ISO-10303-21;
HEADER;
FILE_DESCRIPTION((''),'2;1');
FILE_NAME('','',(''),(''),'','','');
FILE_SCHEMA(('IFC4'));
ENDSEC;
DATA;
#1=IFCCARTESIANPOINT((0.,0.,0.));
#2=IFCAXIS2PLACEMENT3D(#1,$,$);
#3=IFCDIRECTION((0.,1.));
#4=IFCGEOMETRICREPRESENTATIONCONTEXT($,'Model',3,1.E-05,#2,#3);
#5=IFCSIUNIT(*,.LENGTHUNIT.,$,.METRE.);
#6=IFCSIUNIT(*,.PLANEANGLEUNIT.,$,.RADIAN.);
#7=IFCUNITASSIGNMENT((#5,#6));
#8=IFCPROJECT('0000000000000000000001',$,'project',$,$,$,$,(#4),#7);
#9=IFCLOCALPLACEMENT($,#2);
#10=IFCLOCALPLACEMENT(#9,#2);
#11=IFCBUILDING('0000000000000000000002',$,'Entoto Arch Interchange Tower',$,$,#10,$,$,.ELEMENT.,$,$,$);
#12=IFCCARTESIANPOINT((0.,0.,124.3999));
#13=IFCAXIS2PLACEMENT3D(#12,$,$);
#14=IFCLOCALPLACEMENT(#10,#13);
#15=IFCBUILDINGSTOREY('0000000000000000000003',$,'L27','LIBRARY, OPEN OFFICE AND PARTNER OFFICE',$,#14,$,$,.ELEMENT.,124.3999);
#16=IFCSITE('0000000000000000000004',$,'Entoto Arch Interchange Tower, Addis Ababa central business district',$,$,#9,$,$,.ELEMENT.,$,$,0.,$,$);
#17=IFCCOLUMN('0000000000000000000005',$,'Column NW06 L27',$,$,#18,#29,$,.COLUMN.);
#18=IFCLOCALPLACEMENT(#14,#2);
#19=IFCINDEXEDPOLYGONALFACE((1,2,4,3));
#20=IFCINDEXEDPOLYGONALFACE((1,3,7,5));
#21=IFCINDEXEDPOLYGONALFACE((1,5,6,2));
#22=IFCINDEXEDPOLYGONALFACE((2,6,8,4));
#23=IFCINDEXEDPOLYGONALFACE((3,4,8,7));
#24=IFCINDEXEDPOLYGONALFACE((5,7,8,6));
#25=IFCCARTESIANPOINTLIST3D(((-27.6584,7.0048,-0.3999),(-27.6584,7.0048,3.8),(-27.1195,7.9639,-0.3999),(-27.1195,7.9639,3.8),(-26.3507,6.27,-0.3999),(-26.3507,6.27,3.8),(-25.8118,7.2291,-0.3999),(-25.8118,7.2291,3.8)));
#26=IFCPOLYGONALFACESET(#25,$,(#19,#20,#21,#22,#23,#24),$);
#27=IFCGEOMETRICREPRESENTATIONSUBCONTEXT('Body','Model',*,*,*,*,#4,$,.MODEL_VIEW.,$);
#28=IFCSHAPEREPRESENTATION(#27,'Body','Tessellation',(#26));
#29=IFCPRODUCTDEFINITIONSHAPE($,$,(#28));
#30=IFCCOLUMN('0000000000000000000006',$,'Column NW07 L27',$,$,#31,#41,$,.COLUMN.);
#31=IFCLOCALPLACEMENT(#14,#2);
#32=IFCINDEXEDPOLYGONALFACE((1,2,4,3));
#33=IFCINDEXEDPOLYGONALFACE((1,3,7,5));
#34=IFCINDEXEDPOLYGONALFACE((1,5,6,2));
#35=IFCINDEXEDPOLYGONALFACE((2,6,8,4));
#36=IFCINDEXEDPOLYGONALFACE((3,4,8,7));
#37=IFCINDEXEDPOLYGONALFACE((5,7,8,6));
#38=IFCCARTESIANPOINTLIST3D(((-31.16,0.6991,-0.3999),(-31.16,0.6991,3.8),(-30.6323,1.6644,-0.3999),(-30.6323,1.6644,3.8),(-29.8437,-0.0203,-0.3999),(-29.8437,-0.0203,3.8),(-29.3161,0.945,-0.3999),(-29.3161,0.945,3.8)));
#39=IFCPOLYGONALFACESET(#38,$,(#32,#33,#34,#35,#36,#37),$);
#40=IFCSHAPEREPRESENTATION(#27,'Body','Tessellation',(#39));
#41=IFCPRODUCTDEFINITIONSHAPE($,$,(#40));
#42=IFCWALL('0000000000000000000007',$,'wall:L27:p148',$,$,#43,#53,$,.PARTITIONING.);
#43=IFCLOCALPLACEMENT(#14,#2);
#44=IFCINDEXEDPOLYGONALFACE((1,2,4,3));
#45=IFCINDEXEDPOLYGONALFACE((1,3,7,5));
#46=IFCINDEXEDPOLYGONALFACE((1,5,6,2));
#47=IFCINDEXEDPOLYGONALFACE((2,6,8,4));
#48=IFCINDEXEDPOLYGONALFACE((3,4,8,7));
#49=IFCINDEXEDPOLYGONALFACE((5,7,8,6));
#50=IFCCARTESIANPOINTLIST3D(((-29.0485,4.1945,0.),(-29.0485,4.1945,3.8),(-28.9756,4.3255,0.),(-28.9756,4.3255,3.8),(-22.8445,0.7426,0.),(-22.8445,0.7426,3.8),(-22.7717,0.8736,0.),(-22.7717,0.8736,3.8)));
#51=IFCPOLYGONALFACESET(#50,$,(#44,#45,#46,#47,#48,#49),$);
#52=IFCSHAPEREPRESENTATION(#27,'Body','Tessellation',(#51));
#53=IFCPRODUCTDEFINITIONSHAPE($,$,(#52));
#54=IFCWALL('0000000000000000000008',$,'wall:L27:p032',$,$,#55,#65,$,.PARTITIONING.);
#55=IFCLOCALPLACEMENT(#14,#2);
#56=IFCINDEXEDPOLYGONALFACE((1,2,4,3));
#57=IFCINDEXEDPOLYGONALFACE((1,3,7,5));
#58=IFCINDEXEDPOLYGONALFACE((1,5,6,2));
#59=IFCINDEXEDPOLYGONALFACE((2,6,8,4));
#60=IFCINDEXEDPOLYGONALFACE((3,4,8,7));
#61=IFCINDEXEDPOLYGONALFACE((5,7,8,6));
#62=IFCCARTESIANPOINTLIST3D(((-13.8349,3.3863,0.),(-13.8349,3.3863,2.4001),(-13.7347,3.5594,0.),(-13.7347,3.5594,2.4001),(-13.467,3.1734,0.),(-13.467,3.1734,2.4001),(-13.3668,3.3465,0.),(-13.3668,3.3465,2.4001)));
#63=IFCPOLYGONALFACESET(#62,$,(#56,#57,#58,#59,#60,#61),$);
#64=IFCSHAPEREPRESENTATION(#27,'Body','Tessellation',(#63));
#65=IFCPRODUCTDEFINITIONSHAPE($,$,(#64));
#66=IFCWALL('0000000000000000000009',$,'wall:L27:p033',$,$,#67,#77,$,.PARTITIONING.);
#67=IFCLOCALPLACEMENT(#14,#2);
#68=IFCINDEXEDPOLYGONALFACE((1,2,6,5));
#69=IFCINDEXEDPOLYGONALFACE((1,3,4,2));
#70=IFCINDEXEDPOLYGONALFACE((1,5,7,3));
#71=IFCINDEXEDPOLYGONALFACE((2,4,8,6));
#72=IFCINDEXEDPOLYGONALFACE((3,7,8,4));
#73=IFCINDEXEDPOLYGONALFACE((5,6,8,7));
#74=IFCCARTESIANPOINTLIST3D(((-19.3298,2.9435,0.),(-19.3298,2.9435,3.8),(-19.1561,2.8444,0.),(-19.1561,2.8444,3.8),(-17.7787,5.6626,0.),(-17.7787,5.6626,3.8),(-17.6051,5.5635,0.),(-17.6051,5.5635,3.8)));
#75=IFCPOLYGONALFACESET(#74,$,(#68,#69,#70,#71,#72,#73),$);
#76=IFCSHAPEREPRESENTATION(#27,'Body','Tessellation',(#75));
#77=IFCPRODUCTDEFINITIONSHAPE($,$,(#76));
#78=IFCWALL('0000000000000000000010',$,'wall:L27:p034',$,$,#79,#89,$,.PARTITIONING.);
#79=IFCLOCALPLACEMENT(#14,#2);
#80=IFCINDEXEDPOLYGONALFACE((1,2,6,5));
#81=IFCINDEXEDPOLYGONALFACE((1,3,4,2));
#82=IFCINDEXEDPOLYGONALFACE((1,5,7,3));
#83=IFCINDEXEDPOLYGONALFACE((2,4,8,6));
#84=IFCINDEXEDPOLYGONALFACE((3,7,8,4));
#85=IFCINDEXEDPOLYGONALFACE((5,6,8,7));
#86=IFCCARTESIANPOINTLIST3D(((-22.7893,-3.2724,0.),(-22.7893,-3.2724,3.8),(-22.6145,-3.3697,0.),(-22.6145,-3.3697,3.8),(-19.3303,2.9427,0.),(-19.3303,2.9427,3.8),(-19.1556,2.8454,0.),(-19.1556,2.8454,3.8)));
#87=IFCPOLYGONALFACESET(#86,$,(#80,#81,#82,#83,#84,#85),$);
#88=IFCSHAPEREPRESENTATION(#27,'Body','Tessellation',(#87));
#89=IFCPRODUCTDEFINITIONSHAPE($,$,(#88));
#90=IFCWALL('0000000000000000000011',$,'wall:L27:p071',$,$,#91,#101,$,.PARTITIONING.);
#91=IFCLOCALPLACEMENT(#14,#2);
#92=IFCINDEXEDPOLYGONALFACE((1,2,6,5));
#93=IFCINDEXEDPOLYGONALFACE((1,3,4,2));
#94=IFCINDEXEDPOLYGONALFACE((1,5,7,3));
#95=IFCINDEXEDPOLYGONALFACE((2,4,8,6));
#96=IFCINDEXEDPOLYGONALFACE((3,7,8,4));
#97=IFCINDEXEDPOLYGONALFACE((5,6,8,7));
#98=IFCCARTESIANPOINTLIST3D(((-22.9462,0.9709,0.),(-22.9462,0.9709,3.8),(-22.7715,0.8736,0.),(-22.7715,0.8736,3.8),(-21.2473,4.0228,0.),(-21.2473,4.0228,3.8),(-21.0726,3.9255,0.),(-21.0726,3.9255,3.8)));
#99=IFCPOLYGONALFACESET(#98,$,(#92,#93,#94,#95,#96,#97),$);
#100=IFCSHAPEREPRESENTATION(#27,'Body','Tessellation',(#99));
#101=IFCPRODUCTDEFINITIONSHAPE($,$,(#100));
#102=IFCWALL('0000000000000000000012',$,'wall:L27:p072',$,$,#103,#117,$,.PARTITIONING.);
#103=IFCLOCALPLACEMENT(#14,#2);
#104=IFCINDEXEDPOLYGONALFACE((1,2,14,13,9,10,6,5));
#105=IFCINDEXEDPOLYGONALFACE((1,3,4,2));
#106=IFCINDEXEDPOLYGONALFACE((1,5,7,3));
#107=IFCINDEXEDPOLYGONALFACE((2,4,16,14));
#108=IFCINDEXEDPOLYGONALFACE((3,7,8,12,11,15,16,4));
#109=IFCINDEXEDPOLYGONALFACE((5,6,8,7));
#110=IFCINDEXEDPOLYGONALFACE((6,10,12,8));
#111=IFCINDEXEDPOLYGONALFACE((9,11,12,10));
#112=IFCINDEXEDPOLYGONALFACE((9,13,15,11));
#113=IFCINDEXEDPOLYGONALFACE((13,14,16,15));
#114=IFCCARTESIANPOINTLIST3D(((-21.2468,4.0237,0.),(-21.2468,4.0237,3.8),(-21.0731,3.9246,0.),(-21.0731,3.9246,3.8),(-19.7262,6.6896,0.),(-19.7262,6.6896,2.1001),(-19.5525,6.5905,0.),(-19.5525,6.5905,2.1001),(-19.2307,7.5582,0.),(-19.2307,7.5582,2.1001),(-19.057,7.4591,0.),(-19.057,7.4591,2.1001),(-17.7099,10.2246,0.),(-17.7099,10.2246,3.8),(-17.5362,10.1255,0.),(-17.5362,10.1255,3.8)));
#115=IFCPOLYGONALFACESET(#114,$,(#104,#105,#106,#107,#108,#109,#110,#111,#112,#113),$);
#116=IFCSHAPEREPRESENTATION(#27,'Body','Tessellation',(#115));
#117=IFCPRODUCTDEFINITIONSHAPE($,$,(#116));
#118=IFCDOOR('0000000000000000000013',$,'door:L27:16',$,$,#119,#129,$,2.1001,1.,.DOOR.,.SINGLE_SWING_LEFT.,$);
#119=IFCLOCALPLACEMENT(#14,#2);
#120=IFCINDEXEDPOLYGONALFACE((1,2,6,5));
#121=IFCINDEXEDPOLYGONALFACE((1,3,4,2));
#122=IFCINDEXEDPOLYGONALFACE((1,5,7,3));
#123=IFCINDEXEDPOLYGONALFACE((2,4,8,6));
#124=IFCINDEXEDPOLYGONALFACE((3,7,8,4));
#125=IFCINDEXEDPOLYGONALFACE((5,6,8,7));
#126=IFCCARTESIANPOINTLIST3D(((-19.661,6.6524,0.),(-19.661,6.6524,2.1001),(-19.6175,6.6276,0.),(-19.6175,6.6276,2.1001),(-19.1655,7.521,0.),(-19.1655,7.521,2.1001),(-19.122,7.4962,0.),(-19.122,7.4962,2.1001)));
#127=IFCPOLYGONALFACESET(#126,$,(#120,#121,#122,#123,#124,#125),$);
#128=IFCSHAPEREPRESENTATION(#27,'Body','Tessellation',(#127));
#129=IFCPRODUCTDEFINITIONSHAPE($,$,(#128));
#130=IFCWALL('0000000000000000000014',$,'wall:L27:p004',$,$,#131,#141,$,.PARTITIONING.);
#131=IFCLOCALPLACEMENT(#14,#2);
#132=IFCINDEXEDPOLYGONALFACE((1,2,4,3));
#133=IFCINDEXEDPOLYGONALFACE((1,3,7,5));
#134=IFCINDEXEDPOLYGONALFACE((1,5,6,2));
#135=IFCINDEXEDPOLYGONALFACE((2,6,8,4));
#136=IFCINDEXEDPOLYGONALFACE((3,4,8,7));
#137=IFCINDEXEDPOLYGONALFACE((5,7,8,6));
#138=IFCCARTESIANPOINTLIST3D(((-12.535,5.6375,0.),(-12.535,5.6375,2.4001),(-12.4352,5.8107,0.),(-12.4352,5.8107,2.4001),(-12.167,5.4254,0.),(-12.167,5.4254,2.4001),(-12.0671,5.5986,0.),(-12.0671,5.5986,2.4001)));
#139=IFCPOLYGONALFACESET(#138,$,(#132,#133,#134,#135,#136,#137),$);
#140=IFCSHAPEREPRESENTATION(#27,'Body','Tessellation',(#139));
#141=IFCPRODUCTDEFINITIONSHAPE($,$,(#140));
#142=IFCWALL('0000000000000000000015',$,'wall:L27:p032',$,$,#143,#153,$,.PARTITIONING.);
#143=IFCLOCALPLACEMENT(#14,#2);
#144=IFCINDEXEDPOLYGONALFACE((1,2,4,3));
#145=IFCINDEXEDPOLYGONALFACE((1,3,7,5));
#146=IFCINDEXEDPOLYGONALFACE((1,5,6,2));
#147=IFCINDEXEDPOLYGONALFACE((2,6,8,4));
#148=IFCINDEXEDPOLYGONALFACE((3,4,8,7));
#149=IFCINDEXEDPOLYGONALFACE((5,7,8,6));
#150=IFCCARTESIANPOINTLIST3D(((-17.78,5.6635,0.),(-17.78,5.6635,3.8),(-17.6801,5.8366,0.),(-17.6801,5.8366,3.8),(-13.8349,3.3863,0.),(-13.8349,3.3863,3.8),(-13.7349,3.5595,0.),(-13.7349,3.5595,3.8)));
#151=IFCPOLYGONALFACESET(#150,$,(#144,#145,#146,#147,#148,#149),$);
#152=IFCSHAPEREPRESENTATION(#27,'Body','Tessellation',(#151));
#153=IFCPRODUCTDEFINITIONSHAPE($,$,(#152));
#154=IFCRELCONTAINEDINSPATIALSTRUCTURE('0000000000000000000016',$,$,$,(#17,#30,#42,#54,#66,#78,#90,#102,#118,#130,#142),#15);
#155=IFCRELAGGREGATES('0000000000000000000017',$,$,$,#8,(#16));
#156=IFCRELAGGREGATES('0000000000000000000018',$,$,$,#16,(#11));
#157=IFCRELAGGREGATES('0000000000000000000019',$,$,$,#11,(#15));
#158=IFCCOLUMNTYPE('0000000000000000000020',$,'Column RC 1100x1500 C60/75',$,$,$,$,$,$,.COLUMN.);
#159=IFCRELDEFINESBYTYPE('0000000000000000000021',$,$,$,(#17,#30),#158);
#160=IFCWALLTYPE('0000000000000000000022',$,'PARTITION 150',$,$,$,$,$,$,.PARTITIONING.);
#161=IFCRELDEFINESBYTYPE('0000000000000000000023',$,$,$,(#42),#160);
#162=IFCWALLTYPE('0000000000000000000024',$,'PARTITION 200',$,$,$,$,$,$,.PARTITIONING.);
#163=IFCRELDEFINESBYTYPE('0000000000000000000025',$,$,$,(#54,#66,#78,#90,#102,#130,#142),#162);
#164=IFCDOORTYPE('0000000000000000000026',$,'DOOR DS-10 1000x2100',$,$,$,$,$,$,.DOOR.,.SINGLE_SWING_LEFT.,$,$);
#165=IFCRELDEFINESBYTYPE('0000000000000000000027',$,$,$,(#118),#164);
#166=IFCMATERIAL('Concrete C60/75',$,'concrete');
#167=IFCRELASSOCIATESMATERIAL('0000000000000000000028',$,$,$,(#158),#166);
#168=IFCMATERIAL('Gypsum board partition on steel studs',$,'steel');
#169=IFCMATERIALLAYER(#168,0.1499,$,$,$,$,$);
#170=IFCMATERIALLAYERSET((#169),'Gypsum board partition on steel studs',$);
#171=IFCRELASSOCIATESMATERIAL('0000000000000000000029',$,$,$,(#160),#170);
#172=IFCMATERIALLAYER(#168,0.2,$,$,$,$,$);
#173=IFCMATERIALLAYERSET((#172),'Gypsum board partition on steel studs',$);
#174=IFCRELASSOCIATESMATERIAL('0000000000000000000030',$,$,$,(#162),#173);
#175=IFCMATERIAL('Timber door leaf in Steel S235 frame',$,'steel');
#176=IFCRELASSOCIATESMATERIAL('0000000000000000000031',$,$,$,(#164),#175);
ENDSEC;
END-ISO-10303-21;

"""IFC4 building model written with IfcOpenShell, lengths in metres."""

from ifc_helpers import new_model, si_unit, direction, frame, frame_2d, origin, origin_2d, place, context, subcontext, project, spatial, rectangle, extrude, material, layer, layer_set, material_profile, profile_set, type_object, element, fill, save


model = new_model("IFC4")

# Units and contexts
model_context = context("Model", 3, precision=1e-05, world=origin(), true_north=direction((0.0, 1.0)))
body_context = subcontext(model_context, "Body", "Model", "MODEL_VIEW")
ifc_project = project(units=[si_unit("LENGTHUNIT", "METRE"), si_unit("PLANEANGLEUNIT", "RADIAN")], contexts=[model_context])

# Site, building, storey
site_placement = place(None, origin())
site = spatial("IfcSite", under=ifc_project, at=site_placement, Name="Entoto Arch Interchange Tower, Addis Ababa central business district", CompositionType="ELEMENT", RefElevation=0.0)
building_placement = place(site_placement, origin())
building = spatial("IfcBuilding", under=site, at=building_placement, Name="Entoto Arch Interchange Tower", CompositionType="ELEMENT")
storey_placement = place(building_placement, frame((0.0, 0.0, 124.3999)))
storey = spatial("IfcBuildingStorey", under=building, at=storey_placement, Name="L27", Description="LIBRARY, OPEN OFFICE AND PARTNER OFFICE", CompositionType="ELEMENT", Elevation=124.3999)

# Columns
ifc_material_1 = material(Name="Concrete C60/75", Category="concrete")
ifc_material_profile = material_profile(ifc_material_1, rectangle(XDim=1.1001, YDim=1.5, at=origin_2d()))
ifc_profile_set = profile_set([ifc_material_profile], Name="Concrete C60/75")
column_type = type_object("IfcColumnType", Name="Column RC 1100x1500 C60/75", PredefinedType="COLUMN", material=ifc_profile_set)
for number, where, z_axis, x_axis, name in (
    (1, (-26.7351, 7.1169, -0.3999), (0.0, 0.0, 1.0), (0.489839, 0.871813, 0.0), "Column NW06 L27"),
    (2, (-30.238, 0.822, -0.3999), (0.0, 0.0, 1.0), (0.479611, 0.877481, 0.0), "Column NW07 L27"),
):
    element("IfcColumn", number, at=place(storey_placement, frame(where, z_axis=z_axis, x_axis=x_axis)), inside=storey, type_object=column_type, Name=name, PredefinedType="COLUMN", context=body_context, shape_type="SweptSolid", body=[
        extrude(rectangle(XDim=1.1001, YDim=1.5, at=origin_2d()), origin(), (0.0, 0.0, 1.0), 4.2),
    ])

# Walls
ifc_material_2 = material(Name="Gypsum board partition on steel studs", Category="steel")
ifc_layer_1 = layer(ifc_material_2, 0.1499)
ifc_layer_set_1 = layer_set([ifc_layer_1], Name="Gypsum board partition on steel studs")
wall_type_1 = type_object("IfcWallType", Name="PARTITION 150", PredefinedType="PARTITIONING", material=ifc_layer_set_1)
wall_1_placement = place(storey_placement, frame((-22.8081, 0.8081, 0.0), z_axis=(0.0, 0.0, 1.0), x_axis=(-0.873839, 0.486215, 0.0)))
element("IfcWall", 3, at=wall_1_placement, inside=storey, type_object=wall_type_1, Name="wall:L27:p148", PredefinedType="PARTITIONING", context=body_context, shape_type="SweptSolid", body=[
    extrude(rectangle(XDim=7.0996, YDim=0.1499, at=frame_2d((3.5498, 0.0))), origin(), (0.0, 0.0, 1.0), 3.8),
])
ifc_layer_2 = layer(ifc_material_2, 0.2)
ifc_layer_set_2 = layer_set([ifc_layer_2], Name="Gypsum board partition on steel studs")
wall_type_2 = type_object("IfcWallType", Name="PARTITION 200", PredefinedType="PARTITIONING", material=ifc_layer_set_2)
wall_2_placement = place(storey_placement, frame((-13.417, 3.26, 0.0), z_axis=(0.0, 0.0, 1.0), x_axis=(-0.865544, 0.500832, 0.0)))
element("IfcWall", 4, at=wall_2_placement, inside=storey, type_object=wall_type_2, Name="wall:L27:p032", PredefinedType="PARTITIONING", context=body_context, shape_type="SweptSolid", body=[
    extrude(rectangle(XDim=0.425, YDim=0.2, at=frame_2d((0.2124, 0.0))), origin(), (0.0, 0.0, 1.0), 2.4001),
])
wall_3_placement = place(storey_placement, frame((-17.6919, 5.613, 0.0), z_axis=(0.0, 0.0, 1.0), x_axis=(-0.495492, -0.868612, 0.0)))
element("IfcWall", 5, at=wall_3_placement, inside=storey, type_object=wall_type_2, Name="wall:L27:p033", PredefinedType="PARTITIONING", context=body_context, shape_type="SweptSolid", body=[
    extrude(rectangle(XDim=3.1304, YDim=0.2, at=frame_2d((1.5652, 0.0))), origin(), (0.0, 0.0, 1.0), 3.8),
])
wall_4_placement = place(storey_placement, frame((-19.2429, 2.894, 0.0), z_axis=(0.0, 0.0, 1.0), x_axis=(-0.486304, -0.873789, 0.0)))
element("IfcWall", 6, at=wall_4_placement, inside=storey, type_object=wall_type_2, Name="wall:L27:p034", PredefinedType="PARTITIONING", context=body_context, shape_type="SweptSolid", body=[
    extrude(rectangle(XDim=7.1128, YDim=0.2, at=frame_2d((3.5564, 0.0))), origin(), (0.0, 0.0, 1.0), 3.8),
])
wall_5_placement = place(storey_placement, frame((-22.8589, 0.9221, 0.0), z_axis=(0.0, 0.0, 1.0), x_axis=(0.48639, 0.873742, 0.0)))
element("IfcWall", 7, at=wall_5_placement, inside=storey, type_object=wall_type_2, Name="wall:L27:p071", PredefinedType="PARTITIONING", context=body_context, shape_type="SweptSolid", body=[
    extrude(rectangle(XDim=3.4929, YDim=0.2, at=frame_2d((1.7466, 0.0))), origin(), (0.0, 0.0, 1.0), 3.8),
])

# Wall, opening, door
wall_6_placement = place(storey_placement, frame((-21.1599, 3.9741, 0.0), z_axis=(0.0, 0.0, 1.0), x_axis=(0.49545, 0.868636, 0.0)))
wall_6 = element("IfcWall", 8, at=wall_6_placement, inside=storey, type_object=wall_type_2, Name="wall:L27:p072", PredefinedType="PARTITIONING", context=body_context, shape_type="SweptSolid", body=[
    extrude(rectangle(XDim=7.1387, YDim=0.2, at=frame_2d((3.5693, 0.0))), origin(), (0.0, 0.0, 1.0), 3.8),
])
opening_1_placement = place(wall_6_placement, frame((3.0691, 0.0, 0.0)))
opening_1 = element("IfcOpeningElement", 9, at=opening_1_placement, cuts=wall_6, PredefinedType="OPENING", context=body_context, shape_type="SweptSolid", body=[
    extrude(rectangle(XDim=1.0, YDim=2.1001, at=frame_2d((0.5, 1.05))), frame((0.0, 0.1099, 0.0), z_axis=(0.0, -1.0, 0.0), x_axis=(1.0, 0.0, 0.0)), (0.0, 0.0, 1.0), 0.22),
])
ifc_material_3 = material(Name="Timber door leaf in Steel S235 frame", Category="steel")
door_type = type_object("IfcDoorType", Name="DOOR DS-10 1000x2100", OperationType="SINGLE_SWING_LEFT", PredefinedType="DOOR", material=ifc_material_3)
door_placement = place(opening_1_placement, origin())
door = element("IfcDoor", 10, at=door_placement, inside=storey, type_object=door_type, Name="door:L27:16", OperationType="SINGLE_SWING_LEFT", OverallHeight=2.1001, OverallWidth=1.0, PredefinedType="DOOR", context=body_context, shape_type="SweptSolid", body=[
    extrude(rectangle(XDim=1.0, YDim=2.1001, at=frame_2d((0.5, 1.05))), frame((0.0, 0.0249, 0.0), z_axis=(0.0, -1.0, 0.0), x_axis=(1.0, 0.0, 0.0)), (0.0, 0.0, 1.0), 0.05),
])
fill(opening_1, door)

# Walls
wall_7_placement = place(storey_placement, frame((-12.4851, 5.7241, 0.0), z_axis=(0.0, 0.0, 1.0), x_axis=(0.866434, -0.499291, 0.0)))
element("IfcWall", 11, at=wall_7_placement, inside=storey, type_object=wall_type_2, Name="wall:L27:p004", PredefinedType="PARTITIONING", context=body_context, shape_type="SweptSolid", body=[
    extrude(rectangle(XDim=0.4248, YDim=0.2, at=frame_2d((0.2124, 0.0))), origin(), (0.0, 0.0, 1.0), 2.4001),
])
wall_8_placement = place(storey_placement, frame((-13.7849, 3.4729, 0.0), z_axis=(0.0, 0.0, 1.0), x_axis=(-0.866081, 0.499903, 0.0)))
element("IfcWall", 12, at=wall_8_placement, inside=storey, type_object=wall_type_2, Name="wall:L27:p032", PredefinedType="PARTITIONING", context=body_context, shape_type="SweptSolid", body=[
    extrude(rectangle(XDim=4.5552, YDim=0.2, at=frame_2d((2.2776, 0.0))), origin(), (0.0, 0.0, 1.0), 3.8),
])

save(model, "model.ifc")
